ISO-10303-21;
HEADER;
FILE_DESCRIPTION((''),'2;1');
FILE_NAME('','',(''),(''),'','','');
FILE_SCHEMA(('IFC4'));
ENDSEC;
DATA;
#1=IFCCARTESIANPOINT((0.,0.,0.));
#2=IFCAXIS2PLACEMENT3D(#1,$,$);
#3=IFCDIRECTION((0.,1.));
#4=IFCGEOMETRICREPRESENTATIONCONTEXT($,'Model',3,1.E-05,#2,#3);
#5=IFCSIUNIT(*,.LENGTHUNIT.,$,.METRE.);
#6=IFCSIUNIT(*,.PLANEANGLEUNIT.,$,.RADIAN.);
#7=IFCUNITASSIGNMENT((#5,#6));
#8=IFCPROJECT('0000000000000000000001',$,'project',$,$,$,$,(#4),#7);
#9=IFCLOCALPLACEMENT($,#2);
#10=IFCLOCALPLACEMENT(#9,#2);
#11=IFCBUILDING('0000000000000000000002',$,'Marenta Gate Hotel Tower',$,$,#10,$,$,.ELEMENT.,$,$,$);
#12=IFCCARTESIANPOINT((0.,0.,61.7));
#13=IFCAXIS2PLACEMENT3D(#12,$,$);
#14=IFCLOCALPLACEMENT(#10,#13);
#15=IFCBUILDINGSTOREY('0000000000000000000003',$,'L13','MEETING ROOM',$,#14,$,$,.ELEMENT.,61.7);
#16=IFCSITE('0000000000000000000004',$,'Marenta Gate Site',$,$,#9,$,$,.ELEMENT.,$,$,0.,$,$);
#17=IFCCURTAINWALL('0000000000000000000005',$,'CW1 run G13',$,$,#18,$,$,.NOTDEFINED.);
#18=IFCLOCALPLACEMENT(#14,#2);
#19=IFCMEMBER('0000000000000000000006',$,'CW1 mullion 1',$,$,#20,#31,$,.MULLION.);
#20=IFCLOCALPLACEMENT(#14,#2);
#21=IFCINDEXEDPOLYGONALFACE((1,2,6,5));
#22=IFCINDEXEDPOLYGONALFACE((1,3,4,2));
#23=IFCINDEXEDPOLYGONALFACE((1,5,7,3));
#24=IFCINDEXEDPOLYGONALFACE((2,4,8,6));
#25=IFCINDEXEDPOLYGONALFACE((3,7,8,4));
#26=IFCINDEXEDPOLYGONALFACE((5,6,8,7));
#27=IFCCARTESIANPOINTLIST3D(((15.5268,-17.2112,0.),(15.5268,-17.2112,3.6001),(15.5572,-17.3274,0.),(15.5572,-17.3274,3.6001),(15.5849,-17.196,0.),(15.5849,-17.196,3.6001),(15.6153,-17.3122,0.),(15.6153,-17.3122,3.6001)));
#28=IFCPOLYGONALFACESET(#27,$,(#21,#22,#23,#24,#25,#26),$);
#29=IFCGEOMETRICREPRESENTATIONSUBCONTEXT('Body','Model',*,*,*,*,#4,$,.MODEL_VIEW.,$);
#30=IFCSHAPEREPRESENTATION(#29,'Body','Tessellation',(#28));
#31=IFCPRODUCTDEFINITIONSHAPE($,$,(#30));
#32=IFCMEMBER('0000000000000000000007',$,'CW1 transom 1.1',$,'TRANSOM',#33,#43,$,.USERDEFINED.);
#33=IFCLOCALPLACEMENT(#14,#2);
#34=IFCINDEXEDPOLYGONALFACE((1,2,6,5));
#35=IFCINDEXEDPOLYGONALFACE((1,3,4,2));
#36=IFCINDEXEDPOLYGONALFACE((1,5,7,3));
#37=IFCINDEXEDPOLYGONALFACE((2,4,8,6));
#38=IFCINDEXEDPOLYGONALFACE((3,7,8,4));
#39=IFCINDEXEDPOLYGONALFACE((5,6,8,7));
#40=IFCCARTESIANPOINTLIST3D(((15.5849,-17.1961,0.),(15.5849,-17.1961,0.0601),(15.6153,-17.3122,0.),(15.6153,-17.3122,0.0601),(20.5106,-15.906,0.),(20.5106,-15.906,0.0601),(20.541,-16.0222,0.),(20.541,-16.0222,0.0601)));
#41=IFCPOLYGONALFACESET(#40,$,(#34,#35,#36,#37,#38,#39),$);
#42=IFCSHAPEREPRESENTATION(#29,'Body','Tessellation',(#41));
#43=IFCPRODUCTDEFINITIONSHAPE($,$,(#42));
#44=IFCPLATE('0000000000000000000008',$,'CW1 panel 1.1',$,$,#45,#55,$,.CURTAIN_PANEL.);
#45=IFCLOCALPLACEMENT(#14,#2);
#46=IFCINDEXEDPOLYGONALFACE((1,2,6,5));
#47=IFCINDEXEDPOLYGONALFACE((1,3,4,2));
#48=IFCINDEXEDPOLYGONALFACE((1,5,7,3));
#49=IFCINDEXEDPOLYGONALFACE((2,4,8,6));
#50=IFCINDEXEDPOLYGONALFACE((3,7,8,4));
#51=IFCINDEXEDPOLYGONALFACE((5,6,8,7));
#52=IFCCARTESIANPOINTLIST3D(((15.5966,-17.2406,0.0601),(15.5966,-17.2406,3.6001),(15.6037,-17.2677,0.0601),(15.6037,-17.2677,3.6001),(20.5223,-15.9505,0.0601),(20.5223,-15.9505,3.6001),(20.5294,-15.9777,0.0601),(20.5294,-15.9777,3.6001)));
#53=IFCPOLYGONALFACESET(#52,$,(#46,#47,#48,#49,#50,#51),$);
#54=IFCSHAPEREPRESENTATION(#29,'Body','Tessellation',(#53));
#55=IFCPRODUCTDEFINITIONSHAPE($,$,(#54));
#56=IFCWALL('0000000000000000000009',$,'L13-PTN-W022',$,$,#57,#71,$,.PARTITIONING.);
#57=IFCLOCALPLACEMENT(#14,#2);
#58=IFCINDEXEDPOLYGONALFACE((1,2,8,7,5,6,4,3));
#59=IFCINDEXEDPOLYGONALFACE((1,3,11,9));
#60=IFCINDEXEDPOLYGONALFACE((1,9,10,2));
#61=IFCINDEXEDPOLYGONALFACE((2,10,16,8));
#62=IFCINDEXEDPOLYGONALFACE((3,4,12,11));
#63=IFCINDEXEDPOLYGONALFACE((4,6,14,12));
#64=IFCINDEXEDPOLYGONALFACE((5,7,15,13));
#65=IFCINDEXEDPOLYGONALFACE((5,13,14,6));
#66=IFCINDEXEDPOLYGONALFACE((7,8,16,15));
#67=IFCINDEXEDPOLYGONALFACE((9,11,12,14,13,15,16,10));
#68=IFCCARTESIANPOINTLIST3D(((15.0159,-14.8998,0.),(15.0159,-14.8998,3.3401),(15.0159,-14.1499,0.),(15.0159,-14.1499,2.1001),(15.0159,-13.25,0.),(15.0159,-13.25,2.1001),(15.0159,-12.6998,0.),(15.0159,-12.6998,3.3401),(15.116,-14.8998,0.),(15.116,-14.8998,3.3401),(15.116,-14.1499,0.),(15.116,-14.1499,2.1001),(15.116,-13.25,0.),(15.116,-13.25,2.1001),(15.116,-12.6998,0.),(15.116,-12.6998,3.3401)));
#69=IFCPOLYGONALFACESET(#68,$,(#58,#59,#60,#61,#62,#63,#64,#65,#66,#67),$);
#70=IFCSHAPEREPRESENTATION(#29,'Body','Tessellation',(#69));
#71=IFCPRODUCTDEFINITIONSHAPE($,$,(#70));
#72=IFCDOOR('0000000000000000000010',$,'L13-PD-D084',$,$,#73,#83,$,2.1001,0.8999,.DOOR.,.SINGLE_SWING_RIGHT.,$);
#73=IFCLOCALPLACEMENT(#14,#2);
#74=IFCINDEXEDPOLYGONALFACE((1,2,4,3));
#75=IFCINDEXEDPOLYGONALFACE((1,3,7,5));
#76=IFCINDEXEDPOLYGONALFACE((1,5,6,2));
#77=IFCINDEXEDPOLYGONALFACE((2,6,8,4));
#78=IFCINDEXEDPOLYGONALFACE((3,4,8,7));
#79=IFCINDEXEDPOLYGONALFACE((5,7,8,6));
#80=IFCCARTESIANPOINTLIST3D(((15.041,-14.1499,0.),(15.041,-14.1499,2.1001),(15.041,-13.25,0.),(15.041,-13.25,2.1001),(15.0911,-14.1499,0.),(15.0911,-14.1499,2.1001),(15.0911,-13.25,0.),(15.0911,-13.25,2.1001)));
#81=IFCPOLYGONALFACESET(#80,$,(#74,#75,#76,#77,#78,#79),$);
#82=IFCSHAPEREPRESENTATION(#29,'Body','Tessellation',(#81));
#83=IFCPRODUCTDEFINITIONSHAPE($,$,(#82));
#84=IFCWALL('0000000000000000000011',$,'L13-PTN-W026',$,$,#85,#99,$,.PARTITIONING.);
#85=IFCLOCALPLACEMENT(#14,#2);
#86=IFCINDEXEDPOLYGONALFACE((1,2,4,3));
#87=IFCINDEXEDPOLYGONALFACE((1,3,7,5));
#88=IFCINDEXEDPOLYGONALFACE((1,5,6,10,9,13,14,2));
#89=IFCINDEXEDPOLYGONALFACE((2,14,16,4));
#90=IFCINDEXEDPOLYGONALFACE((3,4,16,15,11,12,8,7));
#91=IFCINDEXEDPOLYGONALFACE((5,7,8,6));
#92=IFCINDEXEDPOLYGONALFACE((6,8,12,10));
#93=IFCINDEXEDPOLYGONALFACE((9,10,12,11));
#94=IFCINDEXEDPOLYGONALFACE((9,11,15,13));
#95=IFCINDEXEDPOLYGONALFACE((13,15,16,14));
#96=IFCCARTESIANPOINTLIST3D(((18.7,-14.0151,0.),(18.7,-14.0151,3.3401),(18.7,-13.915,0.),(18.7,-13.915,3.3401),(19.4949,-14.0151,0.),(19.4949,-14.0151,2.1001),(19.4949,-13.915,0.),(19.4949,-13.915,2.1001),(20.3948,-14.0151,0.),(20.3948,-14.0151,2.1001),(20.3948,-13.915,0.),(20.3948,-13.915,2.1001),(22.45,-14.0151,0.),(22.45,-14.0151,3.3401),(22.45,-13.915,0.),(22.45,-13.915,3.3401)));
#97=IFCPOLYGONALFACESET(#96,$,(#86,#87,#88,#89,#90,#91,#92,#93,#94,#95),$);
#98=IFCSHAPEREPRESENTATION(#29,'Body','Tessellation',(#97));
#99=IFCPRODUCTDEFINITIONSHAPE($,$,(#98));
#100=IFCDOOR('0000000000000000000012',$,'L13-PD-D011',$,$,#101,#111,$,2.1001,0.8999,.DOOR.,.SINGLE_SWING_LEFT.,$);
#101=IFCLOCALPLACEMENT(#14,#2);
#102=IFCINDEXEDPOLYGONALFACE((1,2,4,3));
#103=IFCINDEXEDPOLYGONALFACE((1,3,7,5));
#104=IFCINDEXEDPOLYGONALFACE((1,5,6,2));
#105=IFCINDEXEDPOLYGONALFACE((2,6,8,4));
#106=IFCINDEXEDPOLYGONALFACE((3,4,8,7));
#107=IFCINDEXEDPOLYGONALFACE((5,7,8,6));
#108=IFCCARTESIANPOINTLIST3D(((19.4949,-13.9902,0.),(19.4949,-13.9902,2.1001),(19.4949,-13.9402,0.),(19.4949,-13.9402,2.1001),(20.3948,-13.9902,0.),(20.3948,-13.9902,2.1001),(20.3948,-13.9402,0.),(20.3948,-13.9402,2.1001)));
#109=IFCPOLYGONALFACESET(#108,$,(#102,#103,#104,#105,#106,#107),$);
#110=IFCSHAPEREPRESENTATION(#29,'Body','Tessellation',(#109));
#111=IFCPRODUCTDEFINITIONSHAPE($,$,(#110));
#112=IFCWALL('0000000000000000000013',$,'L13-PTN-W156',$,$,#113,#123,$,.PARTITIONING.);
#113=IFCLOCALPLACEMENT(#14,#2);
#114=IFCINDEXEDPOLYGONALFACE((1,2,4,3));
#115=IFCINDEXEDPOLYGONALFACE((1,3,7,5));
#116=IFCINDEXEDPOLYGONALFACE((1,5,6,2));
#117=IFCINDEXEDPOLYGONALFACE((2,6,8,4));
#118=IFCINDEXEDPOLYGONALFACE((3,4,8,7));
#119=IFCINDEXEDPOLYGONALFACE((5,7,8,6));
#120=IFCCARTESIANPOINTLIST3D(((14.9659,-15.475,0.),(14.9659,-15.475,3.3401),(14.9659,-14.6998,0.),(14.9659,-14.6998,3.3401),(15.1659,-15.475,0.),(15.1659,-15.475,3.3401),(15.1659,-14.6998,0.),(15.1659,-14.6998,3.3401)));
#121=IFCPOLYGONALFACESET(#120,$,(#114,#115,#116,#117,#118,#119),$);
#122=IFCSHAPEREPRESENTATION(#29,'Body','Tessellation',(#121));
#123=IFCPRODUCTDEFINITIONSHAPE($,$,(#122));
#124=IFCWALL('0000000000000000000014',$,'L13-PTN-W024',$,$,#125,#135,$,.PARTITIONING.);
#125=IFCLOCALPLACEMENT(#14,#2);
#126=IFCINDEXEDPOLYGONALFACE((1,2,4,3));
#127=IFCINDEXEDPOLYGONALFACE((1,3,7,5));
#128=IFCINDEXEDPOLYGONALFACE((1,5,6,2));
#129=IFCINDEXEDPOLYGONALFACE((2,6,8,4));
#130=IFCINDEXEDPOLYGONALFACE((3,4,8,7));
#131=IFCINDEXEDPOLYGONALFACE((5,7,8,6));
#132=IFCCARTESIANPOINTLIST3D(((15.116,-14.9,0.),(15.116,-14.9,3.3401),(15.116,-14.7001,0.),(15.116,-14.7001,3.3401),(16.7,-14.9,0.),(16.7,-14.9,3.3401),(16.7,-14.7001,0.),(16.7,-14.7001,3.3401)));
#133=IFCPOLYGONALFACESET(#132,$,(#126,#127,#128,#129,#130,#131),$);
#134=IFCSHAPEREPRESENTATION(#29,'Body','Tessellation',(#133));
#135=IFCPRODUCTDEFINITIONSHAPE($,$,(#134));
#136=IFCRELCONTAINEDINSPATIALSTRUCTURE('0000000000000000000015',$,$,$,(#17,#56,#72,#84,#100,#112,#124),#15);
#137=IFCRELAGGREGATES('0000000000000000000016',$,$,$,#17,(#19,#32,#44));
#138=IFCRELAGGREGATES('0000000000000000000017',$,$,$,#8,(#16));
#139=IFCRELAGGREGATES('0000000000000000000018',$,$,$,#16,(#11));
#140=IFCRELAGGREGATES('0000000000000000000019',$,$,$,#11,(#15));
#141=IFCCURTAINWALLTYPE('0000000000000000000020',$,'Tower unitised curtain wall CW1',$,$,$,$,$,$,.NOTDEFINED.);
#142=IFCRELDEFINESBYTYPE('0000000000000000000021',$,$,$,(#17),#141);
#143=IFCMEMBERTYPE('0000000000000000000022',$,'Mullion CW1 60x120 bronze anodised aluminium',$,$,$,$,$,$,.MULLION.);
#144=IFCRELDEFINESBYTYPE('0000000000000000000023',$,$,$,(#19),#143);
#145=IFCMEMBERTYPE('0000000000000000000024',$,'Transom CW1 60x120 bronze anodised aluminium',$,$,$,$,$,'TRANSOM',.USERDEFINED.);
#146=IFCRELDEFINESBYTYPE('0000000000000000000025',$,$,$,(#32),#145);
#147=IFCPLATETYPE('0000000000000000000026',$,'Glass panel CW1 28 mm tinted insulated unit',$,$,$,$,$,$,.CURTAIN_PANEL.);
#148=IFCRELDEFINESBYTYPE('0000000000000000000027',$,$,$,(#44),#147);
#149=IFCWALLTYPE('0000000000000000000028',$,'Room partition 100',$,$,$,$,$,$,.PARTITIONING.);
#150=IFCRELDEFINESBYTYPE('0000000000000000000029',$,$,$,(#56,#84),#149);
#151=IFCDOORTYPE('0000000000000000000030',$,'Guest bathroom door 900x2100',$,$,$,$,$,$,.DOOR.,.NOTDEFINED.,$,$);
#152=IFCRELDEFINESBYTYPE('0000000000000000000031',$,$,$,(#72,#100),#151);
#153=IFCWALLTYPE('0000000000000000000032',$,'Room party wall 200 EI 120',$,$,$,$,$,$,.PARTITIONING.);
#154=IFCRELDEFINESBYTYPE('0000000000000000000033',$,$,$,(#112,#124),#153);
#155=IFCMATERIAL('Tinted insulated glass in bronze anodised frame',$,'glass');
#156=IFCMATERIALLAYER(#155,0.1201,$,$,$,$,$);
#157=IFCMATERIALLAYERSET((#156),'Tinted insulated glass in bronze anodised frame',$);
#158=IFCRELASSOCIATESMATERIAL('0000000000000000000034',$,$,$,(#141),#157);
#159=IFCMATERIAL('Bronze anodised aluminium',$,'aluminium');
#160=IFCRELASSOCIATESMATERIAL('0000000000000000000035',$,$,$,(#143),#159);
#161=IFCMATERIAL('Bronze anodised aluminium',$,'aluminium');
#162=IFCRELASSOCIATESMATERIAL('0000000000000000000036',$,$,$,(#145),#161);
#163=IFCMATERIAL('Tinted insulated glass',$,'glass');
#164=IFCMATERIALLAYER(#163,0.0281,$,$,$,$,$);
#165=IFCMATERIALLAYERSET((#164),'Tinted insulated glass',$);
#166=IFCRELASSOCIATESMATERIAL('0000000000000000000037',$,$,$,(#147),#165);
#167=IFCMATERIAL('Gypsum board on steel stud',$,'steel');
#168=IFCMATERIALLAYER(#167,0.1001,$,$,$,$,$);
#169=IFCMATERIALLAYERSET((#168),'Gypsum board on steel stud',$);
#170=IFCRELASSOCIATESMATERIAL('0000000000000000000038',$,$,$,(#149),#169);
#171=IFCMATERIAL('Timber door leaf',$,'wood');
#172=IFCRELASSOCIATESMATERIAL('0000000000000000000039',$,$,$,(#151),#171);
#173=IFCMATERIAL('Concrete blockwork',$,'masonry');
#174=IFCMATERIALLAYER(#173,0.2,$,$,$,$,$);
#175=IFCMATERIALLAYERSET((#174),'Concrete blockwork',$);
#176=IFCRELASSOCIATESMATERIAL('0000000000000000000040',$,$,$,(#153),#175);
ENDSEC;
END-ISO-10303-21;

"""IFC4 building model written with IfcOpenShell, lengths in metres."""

from ifc_helpers import new_model, si_unit, direction, frame, frame_2d, origin, origin_2d, place, context, subcontext, project, spatial, rectangle, extrude, material, layer, layer_set, material_profile, profile_set, type_object, element, fill, aggregate, save


model = new_model("IFC4")

# Units and contexts
model_context = context("Model", 3, precision=1e-05, world=origin(), true_north=direction((0.0, 1.0)))
body_context = subcontext(model_context, "Body", "Model", "MODEL_VIEW")
ifc_project = project(units=[si_unit("LENGTHUNIT", "METRE"), si_unit("PLANEANGLEUNIT", "RADIAN")], contexts=[model_context])

# Site, building, storey
site_placement = place(None, origin())
site = spatial("IfcSite", under=ifc_project, at=site_placement, Name="Marenta Gate Site", CompositionType="ELEMENT", RefElevation=0.0)
building_placement = place(site_placement, origin())
building = spatial("IfcBuilding", under=site, at=building_placement, Name="Marenta Gate Hotel Tower", CompositionType="ELEMENT")
storey_placement = place(building_placement, frame((0.0, 0.0, 61.7)))
storey = spatial("IfcBuildingStorey", under=building, at=storey_placement, Name="L13", Description="MEETING ROOM", CompositionType="ELEMENT", Elevation=61.7)

# Curtain wall, members, plate
ifc_material_1 = material(Name="Tinted insulated glass in bronze anodised frame", Category="glass")
ifc_layer_1 = layer(ifc_material_1, 0.1201)
ifc_layer_set_1 = layer_set([ifc_layer_1], Name="Tinted insulated glass in bronze anodised frame")
curtain_wall_type = type_object("IfcCurtainWallType", Name="Tower unitised curtain wall CW1", PredefinedType="NOTDEFINED", material=ifc_layer_set_1)
curtain_wall_placement = place(storey_placement, origin())
curtain_wall = element("IfcCurtainWall", 1, at=curtain_wall_placement, inside=storey, type_object=curtain_wall_type, Name="CW1 run G13", PredefinedType="NOTDEFINED")
ifc_material_2 = material(Name="Bronze anodised aluminium", Category="aluminium")
ifc_material_profile_1 = material_profile(ifc_material_2, rectangle(XDim=0.1201, YDim=0.0601, at=origin_2d()), Name="Mullion CW1 60x120 bronze anodised aluminium")
ifc_profile_set_1 = profile_set([ifc_material_profile_1], Name="Bronze anodised aluminium")
member_type_1 = type_object("IfcMemberType", Name="Mullion CW1 60x120 bronze anodised aluminium", PredefinedType="MULLION", material=ifc_profile_set_1)
member_1_placement = place(storey_placement, frame((15.571, -17.2617, 0.0), z_axis=(0.0, 0.0, 1.0), x_axis=(-0.253364, 0.967371, 0.0)))
member_1 = element("IfcMember", 2, at=member_1_placement, type_object=member_type_1, Name="CW1 mullion 1", PredefinedType="MULLION", context=body_context, shape_type="SweptSolid", body=[
    extrude(rectangle(XDim=0.1201, YDim=0.0601, at=origin_2d()), origin(), (0.0, 0.0, 1.0), 3.6001),
])
ifc_material_3 = material(Name="Bronze anodised aluminium", Category="aluminium")
ifc_material_profile_2 = material_profile(ifc_material_3, rectangle(XDim=0.1201, YDim=0.0601, at=origin_2d()), Name="Transom CW1 60x120 bronze anodised aluminium")
ifc_profile_set_2 = profile_set([ifc_material_profile_2], Name="Bronze anodised aluminium")
member_type_2 = type_object("IfcMemberType", Name="Transom CW1 60x120 bronze anodised aluminium", ElementType="TRANSOM", PredefinedType="USERDEFINED", material=ifc_profile_set_2)
member_2_placement = place(storey_placement, frame((15.6001, -17.2542, 0.03), z_axis=(0.967374, 0.253351, 0.0), x_axis=(-0.253351, 0.967374, 0.0)))
member_2 = element("IfcMember", 3, at=member_2_placement, type_object=member_type_2, Name="CW1 transom 1.1", ObjectType="TRANSOM", PredefinedType="USERDEFINED", context=body_context, shape_type="SweptSolid", body=[
    extrude(rectangle(XDim=0.1201, YDim=0.0601, at=origin_2d()), origin(), (0.0, 0.0, 1.0), 5.0918),
])
ifc_material_4 = material(Name="Tinted insulated glass", Category="glass")
ifc_layer_2 = layer(ifc_material_4, 0.0281)
ifc_layer_set_2 = layer_set([ifc_layer_2], Name="Tinted insulated glass")
plate_type = type_object("IfcPlateType", Name="Glass panel CW1 28 mm tinted insulated unit", PredefinedType="CURTAIN_PANEL", material=ifc_layer_set_2)
plate_placement = place(storey_placement, frame((18.063, -16.6091, 0.0601), z_axis=(0.0, 0.0, 1.0), x_axis=(0.967371, 0.253364, 0.0)))
plate = element("IfcPlate", 4, at=plate_placement, type_object=plate_type, Name="CW1 panel 1.1", PredefinedType="CURTAIN_PANEL", context=body_context, shape_type="SweptSolid", body=[
    extrude(rectangle(XDim=5.0918, YDim=0.0281, at=origin_2d()), origin(), (0.0, 0.0, 1.0), 3.54),
])
aggregate(curtain_wall, [member_1, member_2, plate])

# Walls, openings, doors
ifc_material_5 = material(Name="Gypsum board on steel stud", Category="steel")
ifc_layer_3 = layer(ifc_material_5, 0.1001)
ifc_layer_set_3 = layer_set([ifc_layer_3], Name="Gypsum board on steel stud")
wall_type_1 = type_object("IfcWallType", Name="Room partition 100", PredefinedType="PARTITIONING", material=ifc_layer_set_3)
wall_1_placement = place(storey_placement, frame((15.0659, -14.8999, 0.0), z_axis=(0.0, 0.0, 1.0), x_axis=(0.0, 1.0, 0.0)))
wall_1 = element("IfcWall", 5, at=wall_1_placement, inside=storey, type_object=wall_type_1, Name="L13-PTN-W022", PredefinedType="PARTITIONING", context=body_context, shape_type="SweptSolid", body=[
    extrude(rectangle(XDim=2.2, YDim=0.1001, at=frame_2d((1.1001, 0.0))), origin(), (0.0, 0.0, 1.0), 3.3401),
])
opening_1_placement = place(wall_1_placement, frame((0.75, 0.0, 0.0)))
opening_1 = element("IfcOpeningElement", 6, at=opening_1_placement, cuts=wall_1, PredefinedType="OPENING", context=body_context, shape_type="SweptSolid", body=[
    extrude(rectangle(XDim=0.8999, YDim=2.1001, at=frame_2d((0.45, 1.05))), frame((0.0, 0.05, 0.0), z_axis=(0.0, -1.0, 0.0), x_axis=(1.0, 0.0, 0.0)), (0.0, 0.0, 1.0), 0.1001),
])
ifc_material_6 = material(Name="Timber door leaf", Category="wood")
door_type_1 = type_object("IfcDoorType", Name="Guest bathroom door 900x2100", OperationType="NOTDEFINED", PredefinedType="DOOR", material=ifc_material_6)
door_1_placement = place(opening_1_placement, origin())
door_1 = element("IfcDoor", 7, at=door_1_placement, inside=storey, type_object=door_type_1, Name="L13-PD-D084", OperationType="SINGLE_SWING_RIGHT", OverallHeight=2.1001, OverallWidth=0.8999, PredefinedType="DOOR", context=body_context, shape_type="SweptSolid", body=[
    extrude(rectangle(XDim=0.8999, YDim=2.1001, at=frame_2d((0.45, 1.05))), frame((0.0, 0.0249, 0.0), z_axis=(0.0, -1.0, 0.0), x_axis=(1.0, 0.0, 0.0)), (0.0, 0.0, 1.0), 0.05),
])
fill(opening_1, door_1)
wall_2_placement = place(storey_placement, frame((18.7, -13.9651, 0.0), z_axis=(0.0, 0.0, 1.0), x_axis=(1.0, 0.0, 0.0)))
wall_2 = element("IfcWall", 8, at=wall_2_placement, inside=storey, type_object=wall_type_1, Name="L13-PTN-W026", PredefinedType="PARTITIONING", context=body_context, shape_type="SweptSolid", body=[
    extrude(rectangle(XDim=3.75, YDim=0.1001, at=frame_2d((1.875, 0.0))), origin(), (0.0, 0.0, 1.0), 3.3401),
])
opening_2_placement = place(wall_2_placement, frame((0.7949, 0.0, 0.0)))
opening_2 = element("IfcOpeningElement", 9, at=opening_2_placement, cuts=wall_2, PredefinedType="OPENING", context=body_context, shape_type="SweptSolid", body=[
    extrude(rectangle(XDim=0.8999, YDim=2.1001, at=frame_2d((0.45, 1.05))), frame((0.0, 0.05, 0.0), z_axis=(0.0, -1.0, 0.0), x_axis=(1.0, 0.0, 0.0)), (0.0, 0.0, 1.0), 0.1001),
])
door_2_placement = place(opening_2_placement, origin())
door_2 = element("IfcDoor", 10, at=door_2_placement, inside=storey, type_object=door_type_1, Name="L13-PD-D011", OperationType="SINGLE_SWING_LEFT", OverallHeight=2.1001, OverallWidth=0.8999, PredefinedType="DOOR", context=body_context, shape_type="SweptSolid", body=[
    extrude(rectangle(XDim=0.8999, YDim=2.1001, at=frame_2d((0.45, 1.05))), frame((0.0, 0.0249, 0.0), z_axis=(0.0, -1.0, 0.0), x_axis=(1.0, 0.0, 0.0)), (0.0, 0.0, 1.0), 0.05),
])
fill(opening_2, door_2)

# Walls
ifc_material_7 = material(Name="Concrete blockwork", Category="masonry")
ifc_layer_4 = layer(ifc_material_7, 0.2)
ifc_layer_set_4 = layer_set([ifc_layer_4], Name="Concrete blockwork")
wall_type_2 = type_object("IfcWallType", Name="Room party wall 200 EI 120", PredefinedType="PARTITIONING", material=ifc_layer_set_4)
wall_3_placement = place(storey_placement, frame((15.0659, -15.4751, 0.0), z_axis=(0.0, 0.0, 1.0), x_axis=(0.0, 1.0, 0.0)))
element("IfcWall", 11, at=wall_3_placement, inside=storey, type_object=wall_type_2, Name="L13-PTN-W156", PredefinedType="PARTITIONING", context=body_context, shape_type="SweptSolid", body=[
    extrude(rectangle(XDim=0.7751, YDim=0.2, at=frame_2d((0.3877, 0.0))), origin(), (0.0, 0.0, 1.0), 3.3401),
])
wall_4_placement = place(storey_placement, frame((15.116, -14.8, 0.0), z_axis=(0.0, 0.0, 1.0), x_axis=(1.0, 0.0, 0.0)))
element("IfcWall", 12, at=wall_4_placement, inside=storey, type_object=wall_type_2, Name="L13-PTN-W024", PredefinedType="PARTITIONING", context=body_context, shape_type="SweptSolid", body=[
    extrude(rectangle(XDim=1.584, YDim=0.2, at=frame_2d((0.792, 0.0))), origin(), (0.0, 0.0, 1.0), 3.3401),
])

save(model, "model.ifc")
